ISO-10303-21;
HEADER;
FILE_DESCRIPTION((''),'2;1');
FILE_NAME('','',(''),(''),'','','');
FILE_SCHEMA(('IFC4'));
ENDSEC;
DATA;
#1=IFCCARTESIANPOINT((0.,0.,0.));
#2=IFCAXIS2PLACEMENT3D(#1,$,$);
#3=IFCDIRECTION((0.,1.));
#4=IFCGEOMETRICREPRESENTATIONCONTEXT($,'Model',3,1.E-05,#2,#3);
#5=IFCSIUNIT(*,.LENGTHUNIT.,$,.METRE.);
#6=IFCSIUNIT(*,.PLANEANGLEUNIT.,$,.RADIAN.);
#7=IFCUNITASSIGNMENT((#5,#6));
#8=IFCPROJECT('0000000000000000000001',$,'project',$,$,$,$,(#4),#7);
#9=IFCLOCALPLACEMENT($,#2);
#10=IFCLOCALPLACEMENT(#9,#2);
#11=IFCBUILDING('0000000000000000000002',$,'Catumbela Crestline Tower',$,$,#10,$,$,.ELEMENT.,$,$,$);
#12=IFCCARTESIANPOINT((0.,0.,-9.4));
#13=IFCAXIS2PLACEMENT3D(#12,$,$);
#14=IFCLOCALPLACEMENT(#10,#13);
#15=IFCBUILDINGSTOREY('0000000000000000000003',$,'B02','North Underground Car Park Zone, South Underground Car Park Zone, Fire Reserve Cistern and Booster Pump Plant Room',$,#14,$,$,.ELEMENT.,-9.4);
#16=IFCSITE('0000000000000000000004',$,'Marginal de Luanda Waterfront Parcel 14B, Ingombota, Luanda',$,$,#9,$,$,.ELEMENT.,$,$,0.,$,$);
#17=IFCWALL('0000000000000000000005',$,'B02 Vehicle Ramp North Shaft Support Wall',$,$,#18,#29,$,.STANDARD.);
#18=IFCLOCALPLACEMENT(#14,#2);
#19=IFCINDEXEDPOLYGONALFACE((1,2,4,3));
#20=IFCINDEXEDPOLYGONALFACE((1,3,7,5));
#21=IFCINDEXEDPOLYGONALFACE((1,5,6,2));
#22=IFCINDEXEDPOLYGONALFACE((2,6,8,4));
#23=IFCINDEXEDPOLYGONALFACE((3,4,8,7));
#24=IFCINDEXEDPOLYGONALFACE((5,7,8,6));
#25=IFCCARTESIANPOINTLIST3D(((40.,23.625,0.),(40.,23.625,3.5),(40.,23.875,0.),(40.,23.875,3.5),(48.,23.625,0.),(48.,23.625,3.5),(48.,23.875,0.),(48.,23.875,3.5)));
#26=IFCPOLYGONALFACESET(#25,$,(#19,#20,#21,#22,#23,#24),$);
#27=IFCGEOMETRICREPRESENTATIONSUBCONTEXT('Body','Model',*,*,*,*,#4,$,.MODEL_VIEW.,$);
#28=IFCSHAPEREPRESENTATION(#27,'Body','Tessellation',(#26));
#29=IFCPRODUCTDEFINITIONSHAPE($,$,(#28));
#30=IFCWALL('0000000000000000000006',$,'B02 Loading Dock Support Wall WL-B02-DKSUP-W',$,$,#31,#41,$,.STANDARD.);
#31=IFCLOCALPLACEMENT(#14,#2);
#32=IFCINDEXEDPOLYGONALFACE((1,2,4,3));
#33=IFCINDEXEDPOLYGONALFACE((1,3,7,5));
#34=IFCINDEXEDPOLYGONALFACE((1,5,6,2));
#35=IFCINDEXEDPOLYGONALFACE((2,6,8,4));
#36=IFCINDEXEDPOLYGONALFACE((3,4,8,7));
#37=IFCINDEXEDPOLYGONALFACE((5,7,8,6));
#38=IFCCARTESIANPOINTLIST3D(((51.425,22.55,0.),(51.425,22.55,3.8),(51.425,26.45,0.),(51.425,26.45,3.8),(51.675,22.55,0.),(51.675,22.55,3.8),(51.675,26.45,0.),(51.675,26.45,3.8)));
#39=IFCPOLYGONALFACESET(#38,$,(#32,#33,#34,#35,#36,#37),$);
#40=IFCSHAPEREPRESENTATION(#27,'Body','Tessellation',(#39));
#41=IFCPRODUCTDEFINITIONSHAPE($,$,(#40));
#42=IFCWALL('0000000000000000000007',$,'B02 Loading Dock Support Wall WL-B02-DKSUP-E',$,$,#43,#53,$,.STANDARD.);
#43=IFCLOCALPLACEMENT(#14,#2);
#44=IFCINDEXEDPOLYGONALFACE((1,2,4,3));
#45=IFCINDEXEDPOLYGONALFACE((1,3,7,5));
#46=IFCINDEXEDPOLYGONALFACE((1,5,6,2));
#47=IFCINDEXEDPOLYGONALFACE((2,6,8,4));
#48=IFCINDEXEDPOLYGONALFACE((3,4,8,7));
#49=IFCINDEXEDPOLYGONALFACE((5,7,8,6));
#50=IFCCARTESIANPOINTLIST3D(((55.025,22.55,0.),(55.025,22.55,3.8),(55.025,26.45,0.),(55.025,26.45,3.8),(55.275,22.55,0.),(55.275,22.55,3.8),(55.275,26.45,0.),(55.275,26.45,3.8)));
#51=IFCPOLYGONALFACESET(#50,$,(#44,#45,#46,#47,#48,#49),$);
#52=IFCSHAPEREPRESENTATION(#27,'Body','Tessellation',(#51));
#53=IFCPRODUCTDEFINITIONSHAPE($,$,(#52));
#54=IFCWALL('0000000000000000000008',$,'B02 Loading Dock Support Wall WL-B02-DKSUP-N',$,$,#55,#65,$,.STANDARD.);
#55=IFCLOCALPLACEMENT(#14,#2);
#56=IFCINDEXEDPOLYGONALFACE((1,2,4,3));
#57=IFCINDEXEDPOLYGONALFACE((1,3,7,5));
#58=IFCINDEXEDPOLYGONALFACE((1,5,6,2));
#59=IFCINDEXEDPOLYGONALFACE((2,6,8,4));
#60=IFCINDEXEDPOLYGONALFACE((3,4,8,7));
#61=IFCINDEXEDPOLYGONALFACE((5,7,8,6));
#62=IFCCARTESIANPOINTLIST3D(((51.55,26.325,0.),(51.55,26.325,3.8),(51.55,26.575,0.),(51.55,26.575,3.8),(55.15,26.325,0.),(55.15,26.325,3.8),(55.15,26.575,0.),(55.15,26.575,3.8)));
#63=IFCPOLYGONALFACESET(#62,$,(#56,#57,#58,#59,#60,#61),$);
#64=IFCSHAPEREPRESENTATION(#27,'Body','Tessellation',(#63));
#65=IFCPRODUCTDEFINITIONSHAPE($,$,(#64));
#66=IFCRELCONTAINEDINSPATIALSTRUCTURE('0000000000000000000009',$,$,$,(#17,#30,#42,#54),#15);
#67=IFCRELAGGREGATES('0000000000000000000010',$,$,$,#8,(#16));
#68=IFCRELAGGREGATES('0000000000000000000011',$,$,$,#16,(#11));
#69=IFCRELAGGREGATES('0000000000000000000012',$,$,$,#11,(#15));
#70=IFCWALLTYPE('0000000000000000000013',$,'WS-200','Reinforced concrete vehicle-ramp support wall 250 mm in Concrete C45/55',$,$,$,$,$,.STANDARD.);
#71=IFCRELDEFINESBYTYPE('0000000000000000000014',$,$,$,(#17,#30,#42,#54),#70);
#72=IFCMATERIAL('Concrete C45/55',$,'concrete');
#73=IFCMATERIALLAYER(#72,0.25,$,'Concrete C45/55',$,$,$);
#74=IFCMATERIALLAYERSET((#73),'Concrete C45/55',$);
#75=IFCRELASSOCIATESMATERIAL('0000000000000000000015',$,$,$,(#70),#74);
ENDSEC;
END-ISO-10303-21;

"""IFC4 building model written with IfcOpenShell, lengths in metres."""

from ifc_helpers import new_model, si_unit, direction, frame, frame_2d, origin, place, context, subcontext, project, spatial, rectangle, extrude, material, layer, layer_set, type_object, element, save


model = new_model("IFC4")

# Units and contexts
model_context = context("Model", 3, precision=1e-05, world=origin(), true_north=direction((0.0, 1.0)))
body_context = subcontext(model_context, "Body", "Model", "MODEL_VIEW")
ifc_project = project(units=[si_unit("LENGTHUNIT", "METRE"), si_unit("PLANEANGLEUNIT", "RADIAN")], contexts=[model_context])

# Site, building, storey
site_placement = place(None, origin())
site = spatial("IfcSite", under=ifc_project, at=site_placement, Name="Marginal de Luanda Waterfront Parcel 14B, Ingombota, Luanda", CompositionType="ELEMENT", RefElevation=0.0)
building_placement = place(site_placement, origin())
building = spatial("IfcBuilding", under=site, at=building_placement, Name="Catumbela Crestline Tower", CompositionType="ELEMENT")
storey_placement = place(building_placement, frame((0.0, 0.0, -9.4)))
storey = spatial("IfcBuildingStorey", under=building, at=storey_placement, Name="B02", Description="North Underground Car Park Zone, South Underground Car Park Zone, Fire Reserve Cistern and Booster Pump Plant Room", CompositionType="ELEMENT", Elevation=-9.4)

# Walls
ifc_material_1 = material(Name="Concrete C45/55", Category="concrete")
ifc_layer_1 = layer(ifc_material_1, 0.25, Name="Concrete C45/55")
ifc_layer_set_1 = layer_set([ifc_layer_1], Name="Concrete C45/55")
wall_type_1 = type_object("IfcWallType", Name="WS-200", Description="Reinforced concrete vehicle-ramp support wall 250 mm in Concrete C45/55", PredefinedType="STANDARD", material=ifc_layer_set_1)
wall_1_placement = place(storey_placement, frame((40.0, 23.75, 0.0), z_axis=(0.0, 0.0, 1.0), x_axis=(1.0, 0.0, 0.0)))
element("IfcWall", 1, at=wall_1_placement, inside=storey, type_object=wall_type_1, Name="B02 Vehicle Ramp North Shaft Support Wall", PredefinedType="STANDARD", context=body_context, shape_type="SweptSolid", body=[
    extrude(rectangle(XDim=8.0, YDim=0.25, at=frame_2d((4.0, 0.0))), origin(), (0.0, 0.0, 1.0), 3.5),
])
for number, where, z_axis, x_axis, name in (
    (2, (51.55, 22.55, 0.0), (0.0, 0.0, 1.0), (0.0, 1.0, 0.0), "B02 Loading Dock Support Wall WL-B02-DKSUP-W"),
    (3, (55.15, 22.55, 0.0), (0.0, 0.0, 1.0), (0.0, 1.0, 0.0), "B02 Loading Dock Support Wall WL-B02-DKSUP-E"),
):
    element("IfcWall", number, at=place(storey_placement, frame(where, z_axis=z_axis, x_axis=x_axis)), inside=storey, type_object=wall_type_1, Name=name, PredefinedType="STANDARD", context=body_context, shape_type="SweptSolid", body=[
        extrude(rectangle(XDim=3.9, YDim=0.25, at=frame_2d((1.95, 0.0))), origin(), (0.0, 0.0, 1.0), 3.8),
    ])
wall_2_placement = place(storey_placement, frame((51.55, 26.45, 0.0), z_axis=(0.0, 0.0, 1.0), x_axis=(1.0, 0.0, 0.0)))
element("IfcWall", 4, at=wall_2_placement, inside=storey, type_object=wall_type_1, Name="B02 Loading Dock Support Wall WL-B02-DKSUP-N", PredefinedType="STANDARD", context=body_context, shape_type="SweptSolid", body=[
    extrude(rectangle(XDim=3.6, YDim=0.25, at=frame_2d((1.8, 0.0))), origin(), (0.0, 0.0, 1.0), 3.8),
])

save(model, "model.ifc")
